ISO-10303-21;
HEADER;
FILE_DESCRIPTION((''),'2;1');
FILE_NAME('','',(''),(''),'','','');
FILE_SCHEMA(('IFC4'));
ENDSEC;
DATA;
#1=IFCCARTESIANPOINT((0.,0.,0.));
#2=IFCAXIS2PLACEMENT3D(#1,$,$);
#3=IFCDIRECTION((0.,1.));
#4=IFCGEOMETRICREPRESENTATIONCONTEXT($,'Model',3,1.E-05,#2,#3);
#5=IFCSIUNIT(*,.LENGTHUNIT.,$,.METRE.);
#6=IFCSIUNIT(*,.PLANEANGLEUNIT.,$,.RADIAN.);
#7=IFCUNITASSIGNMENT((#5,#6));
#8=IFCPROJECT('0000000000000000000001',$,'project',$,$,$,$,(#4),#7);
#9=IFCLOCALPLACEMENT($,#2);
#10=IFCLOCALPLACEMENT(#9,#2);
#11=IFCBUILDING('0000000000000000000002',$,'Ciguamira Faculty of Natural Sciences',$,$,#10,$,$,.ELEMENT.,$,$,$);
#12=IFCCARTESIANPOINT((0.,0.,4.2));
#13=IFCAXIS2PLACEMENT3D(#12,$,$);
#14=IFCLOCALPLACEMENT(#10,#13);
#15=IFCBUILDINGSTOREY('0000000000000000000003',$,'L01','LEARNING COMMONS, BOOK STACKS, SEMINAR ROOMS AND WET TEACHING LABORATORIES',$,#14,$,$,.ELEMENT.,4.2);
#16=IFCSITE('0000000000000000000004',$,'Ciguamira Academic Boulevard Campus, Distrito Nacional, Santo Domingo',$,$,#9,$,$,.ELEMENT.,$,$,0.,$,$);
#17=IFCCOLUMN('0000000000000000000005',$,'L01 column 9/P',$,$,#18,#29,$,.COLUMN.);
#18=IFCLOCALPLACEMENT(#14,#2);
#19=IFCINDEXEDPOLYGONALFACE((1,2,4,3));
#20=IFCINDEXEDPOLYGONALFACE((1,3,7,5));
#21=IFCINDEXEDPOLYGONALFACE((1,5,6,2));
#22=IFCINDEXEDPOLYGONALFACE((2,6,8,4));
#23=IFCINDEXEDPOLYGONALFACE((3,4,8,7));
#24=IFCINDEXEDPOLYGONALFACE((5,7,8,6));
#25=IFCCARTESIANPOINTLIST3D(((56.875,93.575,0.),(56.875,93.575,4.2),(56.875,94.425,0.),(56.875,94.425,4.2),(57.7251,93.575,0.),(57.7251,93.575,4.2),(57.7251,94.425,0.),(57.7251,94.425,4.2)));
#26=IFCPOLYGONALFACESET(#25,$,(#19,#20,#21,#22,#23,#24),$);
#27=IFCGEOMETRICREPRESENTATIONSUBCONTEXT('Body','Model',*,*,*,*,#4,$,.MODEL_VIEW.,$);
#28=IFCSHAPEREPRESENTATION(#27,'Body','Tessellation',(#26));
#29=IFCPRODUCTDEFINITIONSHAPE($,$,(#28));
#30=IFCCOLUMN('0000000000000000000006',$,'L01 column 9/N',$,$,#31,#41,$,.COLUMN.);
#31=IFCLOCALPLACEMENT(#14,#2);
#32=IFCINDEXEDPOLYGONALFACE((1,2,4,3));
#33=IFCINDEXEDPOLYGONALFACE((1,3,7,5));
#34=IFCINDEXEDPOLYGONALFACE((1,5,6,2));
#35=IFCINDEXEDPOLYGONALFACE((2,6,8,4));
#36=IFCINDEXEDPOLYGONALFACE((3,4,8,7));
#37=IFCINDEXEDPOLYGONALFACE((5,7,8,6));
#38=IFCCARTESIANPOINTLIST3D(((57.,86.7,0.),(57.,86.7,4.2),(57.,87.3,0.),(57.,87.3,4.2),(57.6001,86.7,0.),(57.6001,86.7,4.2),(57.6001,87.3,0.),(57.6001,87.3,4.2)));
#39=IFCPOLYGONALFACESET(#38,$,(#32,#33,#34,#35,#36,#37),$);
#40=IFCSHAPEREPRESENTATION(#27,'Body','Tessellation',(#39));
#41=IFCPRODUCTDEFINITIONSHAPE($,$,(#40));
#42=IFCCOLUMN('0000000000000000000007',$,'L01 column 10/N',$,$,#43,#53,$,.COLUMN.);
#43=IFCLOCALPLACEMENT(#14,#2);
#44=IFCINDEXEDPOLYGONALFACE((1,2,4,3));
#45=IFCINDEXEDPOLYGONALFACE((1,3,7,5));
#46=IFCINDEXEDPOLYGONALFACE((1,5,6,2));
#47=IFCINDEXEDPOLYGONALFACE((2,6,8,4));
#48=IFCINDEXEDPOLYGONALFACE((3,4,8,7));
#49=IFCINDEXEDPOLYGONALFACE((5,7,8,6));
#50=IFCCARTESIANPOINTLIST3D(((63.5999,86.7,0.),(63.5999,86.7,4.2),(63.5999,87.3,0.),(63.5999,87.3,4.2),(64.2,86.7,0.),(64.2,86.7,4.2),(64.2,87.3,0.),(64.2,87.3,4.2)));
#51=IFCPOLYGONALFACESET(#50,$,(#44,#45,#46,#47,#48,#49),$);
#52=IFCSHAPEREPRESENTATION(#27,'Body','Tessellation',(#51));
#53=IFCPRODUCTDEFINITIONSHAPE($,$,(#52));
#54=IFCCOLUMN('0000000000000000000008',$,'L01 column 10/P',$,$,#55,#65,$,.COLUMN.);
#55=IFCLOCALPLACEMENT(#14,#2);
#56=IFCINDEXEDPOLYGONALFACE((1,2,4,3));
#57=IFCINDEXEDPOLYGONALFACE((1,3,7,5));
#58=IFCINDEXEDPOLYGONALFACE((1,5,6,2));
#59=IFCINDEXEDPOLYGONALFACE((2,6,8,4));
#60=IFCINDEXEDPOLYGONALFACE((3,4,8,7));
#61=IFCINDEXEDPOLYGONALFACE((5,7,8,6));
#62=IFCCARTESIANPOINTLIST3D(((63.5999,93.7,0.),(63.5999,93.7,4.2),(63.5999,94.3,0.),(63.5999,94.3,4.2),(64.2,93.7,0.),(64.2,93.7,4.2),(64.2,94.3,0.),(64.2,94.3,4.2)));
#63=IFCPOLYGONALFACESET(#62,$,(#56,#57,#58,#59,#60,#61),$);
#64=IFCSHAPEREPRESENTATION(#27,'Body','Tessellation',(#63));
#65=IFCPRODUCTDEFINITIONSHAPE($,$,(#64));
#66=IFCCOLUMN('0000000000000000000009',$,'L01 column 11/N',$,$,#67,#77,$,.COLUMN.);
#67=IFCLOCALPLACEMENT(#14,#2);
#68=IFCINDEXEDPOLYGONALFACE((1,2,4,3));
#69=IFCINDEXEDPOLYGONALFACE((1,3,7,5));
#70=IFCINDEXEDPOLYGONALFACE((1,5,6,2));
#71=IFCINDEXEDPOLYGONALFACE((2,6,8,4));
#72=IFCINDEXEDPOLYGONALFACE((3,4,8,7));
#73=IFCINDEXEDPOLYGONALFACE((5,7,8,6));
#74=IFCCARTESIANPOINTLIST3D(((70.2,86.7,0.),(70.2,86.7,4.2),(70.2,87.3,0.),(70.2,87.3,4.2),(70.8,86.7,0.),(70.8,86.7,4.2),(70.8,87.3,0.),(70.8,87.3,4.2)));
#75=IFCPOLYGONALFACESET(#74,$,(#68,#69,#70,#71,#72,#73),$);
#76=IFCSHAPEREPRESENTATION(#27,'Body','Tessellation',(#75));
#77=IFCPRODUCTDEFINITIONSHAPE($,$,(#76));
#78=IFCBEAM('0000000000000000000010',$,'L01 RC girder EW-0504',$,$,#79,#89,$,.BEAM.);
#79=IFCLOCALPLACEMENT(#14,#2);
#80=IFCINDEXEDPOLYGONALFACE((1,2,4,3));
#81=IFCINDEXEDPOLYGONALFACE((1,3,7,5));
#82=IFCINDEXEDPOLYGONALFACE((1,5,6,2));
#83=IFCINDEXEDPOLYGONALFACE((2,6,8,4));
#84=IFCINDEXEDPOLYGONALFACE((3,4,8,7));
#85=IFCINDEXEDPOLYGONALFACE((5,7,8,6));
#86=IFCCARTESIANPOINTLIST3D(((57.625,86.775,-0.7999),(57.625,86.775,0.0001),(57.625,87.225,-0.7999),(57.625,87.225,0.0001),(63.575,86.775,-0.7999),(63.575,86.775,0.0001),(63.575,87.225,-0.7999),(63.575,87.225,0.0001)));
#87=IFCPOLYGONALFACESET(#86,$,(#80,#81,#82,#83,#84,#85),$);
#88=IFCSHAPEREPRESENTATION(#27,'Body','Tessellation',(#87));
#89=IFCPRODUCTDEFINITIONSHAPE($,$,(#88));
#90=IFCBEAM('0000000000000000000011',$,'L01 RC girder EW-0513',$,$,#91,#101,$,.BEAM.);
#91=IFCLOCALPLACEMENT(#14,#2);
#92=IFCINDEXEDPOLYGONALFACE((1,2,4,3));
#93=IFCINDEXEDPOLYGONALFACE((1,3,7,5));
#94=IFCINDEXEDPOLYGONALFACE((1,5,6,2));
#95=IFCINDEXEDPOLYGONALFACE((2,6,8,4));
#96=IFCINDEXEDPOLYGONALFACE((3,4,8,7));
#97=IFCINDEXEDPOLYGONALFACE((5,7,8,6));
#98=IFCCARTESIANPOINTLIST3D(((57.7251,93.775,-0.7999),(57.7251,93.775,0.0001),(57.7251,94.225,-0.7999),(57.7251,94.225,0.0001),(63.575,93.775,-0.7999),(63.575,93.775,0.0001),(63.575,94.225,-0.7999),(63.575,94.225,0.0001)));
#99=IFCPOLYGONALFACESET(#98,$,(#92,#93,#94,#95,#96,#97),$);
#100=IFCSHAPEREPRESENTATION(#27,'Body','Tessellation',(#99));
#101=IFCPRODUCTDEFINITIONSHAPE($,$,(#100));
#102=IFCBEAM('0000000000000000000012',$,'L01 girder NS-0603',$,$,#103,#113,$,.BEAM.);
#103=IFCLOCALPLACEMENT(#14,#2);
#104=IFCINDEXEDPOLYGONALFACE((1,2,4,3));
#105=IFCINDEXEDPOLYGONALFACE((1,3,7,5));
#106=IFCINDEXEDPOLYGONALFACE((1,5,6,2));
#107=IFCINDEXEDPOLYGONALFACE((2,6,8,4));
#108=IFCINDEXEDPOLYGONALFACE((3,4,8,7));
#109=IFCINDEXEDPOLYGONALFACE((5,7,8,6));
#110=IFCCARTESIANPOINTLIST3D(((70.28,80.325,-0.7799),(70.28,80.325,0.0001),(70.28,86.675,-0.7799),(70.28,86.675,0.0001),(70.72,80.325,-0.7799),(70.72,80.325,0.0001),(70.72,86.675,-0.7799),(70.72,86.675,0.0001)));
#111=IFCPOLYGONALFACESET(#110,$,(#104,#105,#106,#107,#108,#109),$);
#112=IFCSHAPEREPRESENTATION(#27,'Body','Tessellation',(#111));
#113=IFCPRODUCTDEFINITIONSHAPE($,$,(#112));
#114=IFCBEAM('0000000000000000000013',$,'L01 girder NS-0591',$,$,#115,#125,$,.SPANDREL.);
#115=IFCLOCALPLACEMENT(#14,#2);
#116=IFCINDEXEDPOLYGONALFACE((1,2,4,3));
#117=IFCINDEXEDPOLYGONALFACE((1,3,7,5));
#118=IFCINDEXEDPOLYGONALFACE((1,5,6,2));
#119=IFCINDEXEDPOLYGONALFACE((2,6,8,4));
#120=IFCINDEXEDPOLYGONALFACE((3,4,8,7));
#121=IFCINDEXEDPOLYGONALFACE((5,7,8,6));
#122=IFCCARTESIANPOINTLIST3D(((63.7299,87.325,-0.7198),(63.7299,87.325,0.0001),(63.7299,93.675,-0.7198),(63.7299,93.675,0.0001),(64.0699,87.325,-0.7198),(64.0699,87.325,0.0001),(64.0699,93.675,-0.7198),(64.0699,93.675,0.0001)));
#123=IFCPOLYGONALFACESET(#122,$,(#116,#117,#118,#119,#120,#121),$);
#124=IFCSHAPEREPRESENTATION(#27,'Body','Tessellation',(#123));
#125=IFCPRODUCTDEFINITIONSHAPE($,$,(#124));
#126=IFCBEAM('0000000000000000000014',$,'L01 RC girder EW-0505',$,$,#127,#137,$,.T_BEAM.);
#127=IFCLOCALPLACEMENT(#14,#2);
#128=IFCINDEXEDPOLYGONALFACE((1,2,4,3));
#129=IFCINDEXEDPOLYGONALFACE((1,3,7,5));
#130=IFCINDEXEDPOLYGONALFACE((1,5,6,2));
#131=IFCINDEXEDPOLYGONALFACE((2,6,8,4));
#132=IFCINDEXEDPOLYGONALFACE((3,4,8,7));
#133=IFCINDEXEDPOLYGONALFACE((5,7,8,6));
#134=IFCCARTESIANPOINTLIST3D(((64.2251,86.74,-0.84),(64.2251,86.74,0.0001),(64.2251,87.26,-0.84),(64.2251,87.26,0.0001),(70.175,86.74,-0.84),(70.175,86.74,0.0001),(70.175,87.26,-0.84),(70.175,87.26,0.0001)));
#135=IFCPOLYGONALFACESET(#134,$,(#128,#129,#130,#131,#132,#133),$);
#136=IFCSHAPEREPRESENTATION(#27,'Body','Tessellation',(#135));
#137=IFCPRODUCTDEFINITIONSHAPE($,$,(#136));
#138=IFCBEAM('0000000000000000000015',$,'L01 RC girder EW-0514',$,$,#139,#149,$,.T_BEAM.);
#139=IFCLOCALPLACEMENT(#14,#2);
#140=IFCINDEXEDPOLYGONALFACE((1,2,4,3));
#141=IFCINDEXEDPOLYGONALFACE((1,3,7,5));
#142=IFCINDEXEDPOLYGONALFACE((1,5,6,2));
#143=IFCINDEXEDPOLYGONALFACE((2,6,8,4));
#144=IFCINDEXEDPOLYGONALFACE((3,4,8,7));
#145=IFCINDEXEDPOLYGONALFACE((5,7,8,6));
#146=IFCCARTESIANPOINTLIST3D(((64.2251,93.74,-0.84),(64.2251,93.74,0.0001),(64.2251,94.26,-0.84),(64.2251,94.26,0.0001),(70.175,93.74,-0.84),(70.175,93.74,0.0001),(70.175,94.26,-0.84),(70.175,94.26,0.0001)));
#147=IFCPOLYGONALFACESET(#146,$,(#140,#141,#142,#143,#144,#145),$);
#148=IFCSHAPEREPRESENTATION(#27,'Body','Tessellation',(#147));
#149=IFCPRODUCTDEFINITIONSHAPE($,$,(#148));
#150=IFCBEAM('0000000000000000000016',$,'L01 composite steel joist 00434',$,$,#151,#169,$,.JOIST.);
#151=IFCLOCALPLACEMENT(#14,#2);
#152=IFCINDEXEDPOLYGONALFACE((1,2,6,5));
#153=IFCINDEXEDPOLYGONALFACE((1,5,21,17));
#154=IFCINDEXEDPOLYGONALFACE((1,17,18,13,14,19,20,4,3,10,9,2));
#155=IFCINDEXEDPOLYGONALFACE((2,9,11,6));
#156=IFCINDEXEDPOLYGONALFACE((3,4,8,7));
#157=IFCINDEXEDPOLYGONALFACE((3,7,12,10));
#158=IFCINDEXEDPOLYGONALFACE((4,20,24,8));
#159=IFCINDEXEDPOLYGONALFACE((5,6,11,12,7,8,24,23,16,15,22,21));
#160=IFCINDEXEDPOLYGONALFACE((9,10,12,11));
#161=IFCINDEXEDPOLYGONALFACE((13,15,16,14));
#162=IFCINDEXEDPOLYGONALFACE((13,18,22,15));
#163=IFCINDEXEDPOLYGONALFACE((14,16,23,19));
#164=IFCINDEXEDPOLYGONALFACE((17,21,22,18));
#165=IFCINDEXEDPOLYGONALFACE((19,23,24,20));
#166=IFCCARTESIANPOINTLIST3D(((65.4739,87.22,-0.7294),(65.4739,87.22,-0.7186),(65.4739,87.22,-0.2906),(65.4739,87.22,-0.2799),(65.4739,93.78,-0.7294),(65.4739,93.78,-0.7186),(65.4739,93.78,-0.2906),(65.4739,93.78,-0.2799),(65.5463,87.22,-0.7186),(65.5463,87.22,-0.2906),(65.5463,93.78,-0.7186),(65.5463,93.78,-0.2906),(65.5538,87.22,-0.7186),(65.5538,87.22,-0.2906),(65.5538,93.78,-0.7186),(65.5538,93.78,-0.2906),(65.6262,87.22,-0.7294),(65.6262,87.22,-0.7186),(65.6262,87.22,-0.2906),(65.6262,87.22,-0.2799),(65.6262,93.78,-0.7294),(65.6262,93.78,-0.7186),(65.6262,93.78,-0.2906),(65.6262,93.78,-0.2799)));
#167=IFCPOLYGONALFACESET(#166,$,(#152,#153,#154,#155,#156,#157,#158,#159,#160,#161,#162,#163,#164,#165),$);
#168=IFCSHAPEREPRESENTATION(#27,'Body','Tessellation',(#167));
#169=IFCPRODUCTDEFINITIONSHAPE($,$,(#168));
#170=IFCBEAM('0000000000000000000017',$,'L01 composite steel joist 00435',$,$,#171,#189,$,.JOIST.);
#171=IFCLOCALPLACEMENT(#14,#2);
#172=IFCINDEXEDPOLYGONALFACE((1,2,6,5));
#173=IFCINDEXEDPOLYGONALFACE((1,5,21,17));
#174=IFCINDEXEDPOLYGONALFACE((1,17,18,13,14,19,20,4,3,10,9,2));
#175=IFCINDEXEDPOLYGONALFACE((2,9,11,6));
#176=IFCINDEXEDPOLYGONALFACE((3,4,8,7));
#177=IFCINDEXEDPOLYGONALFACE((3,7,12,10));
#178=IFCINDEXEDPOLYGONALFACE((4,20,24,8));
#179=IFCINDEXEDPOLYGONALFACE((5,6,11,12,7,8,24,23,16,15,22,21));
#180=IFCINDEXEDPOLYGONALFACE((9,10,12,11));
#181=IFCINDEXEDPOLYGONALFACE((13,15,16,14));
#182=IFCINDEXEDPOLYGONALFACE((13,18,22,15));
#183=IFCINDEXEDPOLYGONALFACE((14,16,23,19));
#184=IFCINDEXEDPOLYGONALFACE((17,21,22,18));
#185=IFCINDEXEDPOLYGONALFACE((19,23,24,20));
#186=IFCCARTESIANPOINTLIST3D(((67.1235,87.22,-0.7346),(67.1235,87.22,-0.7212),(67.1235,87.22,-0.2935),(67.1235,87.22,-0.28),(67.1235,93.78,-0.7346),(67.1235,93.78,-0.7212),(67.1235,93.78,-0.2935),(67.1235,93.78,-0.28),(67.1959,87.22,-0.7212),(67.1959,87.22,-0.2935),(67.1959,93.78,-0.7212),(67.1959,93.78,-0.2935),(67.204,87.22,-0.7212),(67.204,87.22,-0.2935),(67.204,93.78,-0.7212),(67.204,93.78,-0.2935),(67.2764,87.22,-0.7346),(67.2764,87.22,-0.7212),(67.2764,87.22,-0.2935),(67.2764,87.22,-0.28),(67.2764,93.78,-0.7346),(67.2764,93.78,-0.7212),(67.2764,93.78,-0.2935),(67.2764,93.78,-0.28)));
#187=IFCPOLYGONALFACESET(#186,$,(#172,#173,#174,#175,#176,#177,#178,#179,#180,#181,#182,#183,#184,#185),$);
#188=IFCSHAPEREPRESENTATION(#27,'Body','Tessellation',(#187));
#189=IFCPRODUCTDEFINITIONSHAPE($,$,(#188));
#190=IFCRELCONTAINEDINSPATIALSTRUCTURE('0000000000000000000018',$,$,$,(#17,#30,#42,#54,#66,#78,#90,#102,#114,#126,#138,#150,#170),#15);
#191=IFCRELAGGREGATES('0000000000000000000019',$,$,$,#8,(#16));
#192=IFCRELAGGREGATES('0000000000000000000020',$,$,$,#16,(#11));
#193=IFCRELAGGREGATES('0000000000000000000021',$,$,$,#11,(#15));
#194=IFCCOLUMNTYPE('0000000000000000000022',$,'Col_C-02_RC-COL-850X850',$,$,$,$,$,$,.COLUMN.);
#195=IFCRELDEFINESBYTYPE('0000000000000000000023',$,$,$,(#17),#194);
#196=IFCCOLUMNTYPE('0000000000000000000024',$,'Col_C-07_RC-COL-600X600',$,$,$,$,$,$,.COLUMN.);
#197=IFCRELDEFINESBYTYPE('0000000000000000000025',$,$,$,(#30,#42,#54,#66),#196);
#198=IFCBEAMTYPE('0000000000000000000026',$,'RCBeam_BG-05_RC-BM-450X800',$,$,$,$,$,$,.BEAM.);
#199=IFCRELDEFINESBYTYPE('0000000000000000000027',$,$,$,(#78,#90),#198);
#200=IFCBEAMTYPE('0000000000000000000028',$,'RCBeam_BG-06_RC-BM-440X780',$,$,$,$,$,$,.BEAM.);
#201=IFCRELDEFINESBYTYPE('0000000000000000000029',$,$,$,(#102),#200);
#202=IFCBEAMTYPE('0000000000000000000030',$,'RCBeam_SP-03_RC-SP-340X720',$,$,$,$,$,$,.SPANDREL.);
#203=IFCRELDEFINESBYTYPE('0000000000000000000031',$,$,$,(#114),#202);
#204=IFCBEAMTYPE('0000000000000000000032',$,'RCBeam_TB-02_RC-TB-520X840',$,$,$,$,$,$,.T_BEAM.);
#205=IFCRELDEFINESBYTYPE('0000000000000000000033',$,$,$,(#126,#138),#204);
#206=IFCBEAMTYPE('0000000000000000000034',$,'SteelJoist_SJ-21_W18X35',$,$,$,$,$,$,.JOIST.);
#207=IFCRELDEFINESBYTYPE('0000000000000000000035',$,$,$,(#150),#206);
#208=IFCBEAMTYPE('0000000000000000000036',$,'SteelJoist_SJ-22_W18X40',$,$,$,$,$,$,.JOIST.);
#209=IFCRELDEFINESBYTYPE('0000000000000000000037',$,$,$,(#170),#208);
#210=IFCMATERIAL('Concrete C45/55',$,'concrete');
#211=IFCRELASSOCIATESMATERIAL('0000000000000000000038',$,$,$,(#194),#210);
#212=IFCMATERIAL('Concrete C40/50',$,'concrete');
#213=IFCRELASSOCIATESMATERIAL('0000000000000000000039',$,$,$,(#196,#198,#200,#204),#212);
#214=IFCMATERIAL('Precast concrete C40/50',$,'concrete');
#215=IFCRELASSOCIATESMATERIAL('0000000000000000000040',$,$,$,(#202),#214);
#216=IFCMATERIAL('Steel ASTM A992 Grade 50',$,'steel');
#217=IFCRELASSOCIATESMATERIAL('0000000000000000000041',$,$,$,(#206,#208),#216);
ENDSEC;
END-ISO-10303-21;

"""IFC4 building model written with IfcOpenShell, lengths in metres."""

from ifc_helpers import new_model, si_unit, direction, frame, origin, origin_2d, place, context, subcontext, project, spatial, rectangle, i_section, extrude, material, material_profile, profile_set, type_object, element, save


model = new_model("IFC4")

# Units and contexts
model_context = context("Model", 3, precision=1e-05, world=origin(), true_north=direction((0.0, 1.0)))
body_context = subcontext(model_context, "Body", "Model", "MODEL_VIEW")
ifc_project = project(units=[si_unit("LENGTHUNIT", "METRE"), si_unit("PLANEANGLEUNIT", "RADIAN")], contexts=[model_context])

# Site, building, storey
site_placement = place(None, origin())
site = spatial("IfcSite", under=ifc_project, at=site_placement, Name="Ciguamira Academic Boulevard Campus, Distrito Nacional, Santo Domingo", CompositionType="ELEMENT", RefElevation=0.0)
building_placement = place(site_placement, origin())
building = spatial("IfcBuilding", under=site, at=building_placement, Name="Ciguamira Faculty of Natural Sciences", CompositionType="ELEMENT")
storey_placement = place(building_placement, frame((0.0, 0.0, 4.2)))
storey = spatial("IfcBuildingStorey", under=building, at=storey_placement, Name="L01", Description="LEARNING COMMONS, BOOK STACKS, SEMINAR ROOMS AND WET TEACHING LABORATORIES", CompositionType="ELEMENT", Elevation=4.2)

# Columns
ifc_material_1 = material(Name="Concrete C45/55", Category="concrete")
ifc_material_profile_1 = material_profile(ifc_material_1, rectangle(XDim=0.8501, YDim=0.8501, at=origin_2d()), Name="RC-COL-850X850")
ifc_profile_set_1 = profile_set([ifc_material_profile_1], Name="Concrete C45/55")
column_type_1 = type_object("IfcColumnType", Name="Col_C-02_RC-COL-850X850", PredefinedType="COLUMN", material=ifc_profile_set_1)
column_placement = place(storey_placement, frame((57.3, 94.0, 0.0), z_axis=(0.0, 0.0, 1.0), x_axis=(1.0, 0.0, 0.0)))
element("IfcColumn", 1, at=column_placement, inside=storey, type_object=column_type_1, Name="L01 column 9/P", PredefinedType="COLUMN", context=body_context, shape_type="SweptSolid", body=[
    extrude(rectangle(XDim=0.8501, YDim=0.8501, at=origin_2d()), origin(), (0.0, 0.0, 1.0), 4.2),
])
ifc_material_2 = material(Name="Concrete C40/50", Category="concrete")
ifc_material_profile_2 = material_profile(ifc_material_2, rectangle(XDim=0.6001, YDim=0.6001, at=origin_2d()), Name="RC-COL-600X600")
ifc_profile_set_2 = profile_set([ifc_material_profile_2], Name="Concrete C40/50")
column_type_2 = type_object("IfcColumnType", Name="Col_C-07_RC-COL-600X600", PredefinedType="COLUMN", material=ifc_profile_set_2)
for number, where, z_axis, x_axis, name in (
    (2, (57.3, 87.0, 0.0), (0.0, 0.0, 1.0), (1.0, 0.0, 0.0), "L01 column 9/N"),
    (3, (63.8999, 87.0, 0.0), (0.0, 0.0, 1.0), (1.0, 0.0, 0.0), "L01 column 10/N"),
    (4, (63.8999, 94.0, 0.0), (0.0, 0.0, 1.0), (1.0, 0.0, 0.0), "L01 column 10/P"),
    (5, (70.5, 87.0, 0.0), (0.0, 0.0, 1.0), (1.0, 0.0, 0.0), "L01 column 11/N"),
):
    element("IfcColumn", number, at=place(storey_placement, frame(where, z_axis=z_axis, x_axis=x_axis)), inside=storey, type_object=column_type_2, Name=name, PredefinedType="COLUMN", context=body_context, shape_type="SweptSolid", body=[
        extrude(rectangle(XDim=0.6001, YDim=0.6001, at=origin_2d()), origin(), (0.0, 0.0, 1.0), 4.2),
    ])

# Beams
ifc_material_profile_3 = material_profile(ifc_material_2, rectangle(XDim=0.45, YDim=0.8, at=origin_2d()), Name="RC-BM-450X800")
ifc_profile_set_3 = profile_set([ifc_material_profile_3], Name="Concrete C40/50")
beam_type_1 = type_object("IfcBeamType", Name="RCBeam_BG-05_RC-BM-450X800", PredefinedType="BEAM", material=ifc_profile_set_3)
beam_1_placement = place(storey_placement, frame((57.625, 87.0, -0.3999), z_axis=(1.0, 0.0, 0.0), x_axis=(0.0, 1.0, 0.0)))
element("IfcBeam", 6, at=beam_1_placement, inside=storey, type_object=beam_type_1, Name="L01 RC girder EW-0504", PredefinedType="BEAM", context=body_context, shape_type="SweptSolid", body=[
    extrude(rectangle(XDim=0.45, YDim=0.8, at=origin_2d()), origin(), (0.0, 0.0, 1.0), 5.95),
])
beam_2_placement = place(storey_placement, frame((57.7251, 94.0, -0.3999), z_axis=(1.0, 0.0, 0.0), x_axis=(0.0, 1.0, 0.0)))
element("IfcBeam", 7, at=beam_2_placement, inside=storey, type_object=beam_type_1, Name="L01 RC girder EW-0513", PredefinedType="BEAM", context=body_context, shape_type="SweptSolid", body=[
    extrude(rectangle(XDim=0.45, YDim=0.8, at=origin_2d()), origin(), (0.0, 0.0, 1.0), 5.8499),
])
ifc_material_profile_4 = material_profile(ifc_material_2, rectangle(XDim=0.4399, YDim=0.78, at=origin_2d()), Name="RC-BM-440X780")
ifc_profile_set_4 = profile_set([ifc_material_profile_4], Name="Concrete C40/50")
beam_type_2 = type_object("IfcBeamType", Name="RCBeam_BG-06_RC-BM-440X780", PredefinedType="BEAM", material=ifc_profile_set_4)
beam_3_placement = place(storey_placement, frame((70.5, 80.325, -0.3899), z_axis=(0.0, 1.0, 0.0), x_axis=(-1.0, 0.0, 0.0)))
element("IfcBeam", 8, at=beam_3_placement, inside=storey, type_object=beam_type_2, Name="L01 girder NS-0603", PredefinedType="BEAM", context=body_context, shape_type="SweptSolid", body=[
    extrude(rectangle(XDim=0.4399, YDim=0.78, at=origin_2d()), origin(), (0.0, 0.0, 1.0), 6.3501),
])
ifc_material_3 = material(Name="Precast concrete C40/50", Category="concrete")
ifc_material_profile_5 = material_profile(ifc_material_3, rectangle(XDim=0.3401, YDim=0.72, at=origin_2d()), Name="RC-SP-340X720")
ifc_profile_set_5 = profile_set([ifc_material_profile_5], Name="Precast concrete C40/50")
beam_type_3 = type_object("IfcBeamType", Name="RCBeam_SP-03_RC-SP-340X720", PredefinedType="SPANDREL", material=ifc_profile_set_5)
beam_4_placement = place(storey_placement, frame((63.8999, 87.325, -0.3599), z_axis=(0.0, 1.0, 0.0), x_axis=(-1.0, 0.0, 0.0)))
element("IfcBeam", 9, at=beam_4_placement, inside=storey, type_object=beam_type_3, Name="L01 girder NS-0591", PredefinedType="SPANDREL", context=body_context, shape_type="SweptSolid", body=[
    extrude(rectangle(XDim=0.3401, YDim=0.72, at=origin_2d()), origin(), (0.0, 0.0, 1.0), 6.3501),
])
ifc_material_profile_6 = material_profile(ifc_material_2, rectangle(XDim=0.52, YDim=0.8401, at=origin_2d()), Name="RC-TB-520X840")
ifc_profile_set_6 = profile_set([ifc_material_profile_6], Name="Concrete C40/50")
beam_type_4 = type_object("IfcBeamType", Name="RCBeam_TB-02_RC-TB-520X840", PredefinedType="T_BEAM", material=ifc_profile_set_6)
for number, where, z_axis, x_axis, name in (
    (10, (64.2251, 87.0, -0.4199), (1.0, 0.0, 0.0), (0.0, 1.0, 0.0), "L01 RC girder EW-0505"),
    (11, (64.2251, 94.0, -0.4199), (1.0, 0.0, 0.0), (0.0, 1.0, 0.0), "L01 RC girder EW-0514"),
):
    element("IfcBeam", number, at=place(storey_placement, frame(where, z_axis=z_axis, x_axis=x_axis)), inside=storey, type_object=beam_type_4, Name=name, PredefinedType="T_BEAM", context=body_context, shape_type="SweptSolid", body=[
        extrude(rectangle(XDim=0.52, YDim=0.8401, at=origin_2d()), origin(), (0.0, 0.0, 1.0), 5.95),
    ])
ifc_material_4 = material(Name="Steel ASTM A992 Grade 50", Category="steel")
ifc_material_profile_7 = material_profile(ifc_material_4, i_section(OverallWidth=0.1523, OverallDepth=0.4495, WebThickness=0.0076, FlangeThickness=0.0107, at=origin_2d()), Name="W18X35")
ifc_profile_set_7 = profile_set([ifc_material_profile_7], Name="Steel ASTM A992 Grade 50")
beam_type_5 = type_object("IfcBeamType", Name="SteelJoist_SJ-21_W18X35", PredefinedType="JOIST", material=ifc_profile_set_7)
beam_5_placement = place(storey_placement, frame((65.55, 87.22, -0.5046), z_axis=(0.0, 1.0, 0.0), x_axis=(-1.0, 0.0, 0.0)))
element("IfcBeam", 12, at=beam_5_placement, inside=storey, type_object=beam_type_5, Name="L01 composite steel joist 00434", PredefinedType="JOIST", context=body_context, shape_type="SweptSolid", body=[
    extrude(i_section(OverallWidth=0.1523, OverallDepth=0.4495, WebThickness=0.0076, FlangeThickness=0.0107, at=origin_2d()), origin(), (0.0, 0.0, 1.0), 6.5601),
])
ifc_material_profile_8 = material_profile(ifc_material_4, i_section(OverallWidth=0.1528, OverallDepth=0.4546, WebThickness=0.0081, FlangeThickness=0.0134, at=origin_2d()), Name="W18X40")
ifc_profile_set_8 = profile_set([ifc_material_profile_8], Name="Steel ASTM A992 Grade 50")
beam_type_6 = type_object("IfcBeamType", Name="SteelJoist_SJ-22_W18X40", PredefinedType="JOIST", material=ifc_profile_set_8)
beam_6_placement = place(storey_placement, frame((67.2, 87.22, -0.5073), z_axis=(0.0, 1.0, 0.0), x_axis=(-1.0, 0.0, 0.0)))
element("IfcBeam", 13, at=beam_6_placement, inside=storey, type_object=beam_type_6, Name="L01 composite steel joist 00435", PredefinedType="JOIST", context=body_context, shape_type="SweptSolid", body=[
    extrude(i_section(OverallWidth=0.1528, OverallDepth=0.4546, WebThickness=0.0081, FlangeThickness=0.0134, at=origin_2d()), origin(), (0.0, 0.0, 1.0), 6.5601),
])

save(model, "model.ifc")
